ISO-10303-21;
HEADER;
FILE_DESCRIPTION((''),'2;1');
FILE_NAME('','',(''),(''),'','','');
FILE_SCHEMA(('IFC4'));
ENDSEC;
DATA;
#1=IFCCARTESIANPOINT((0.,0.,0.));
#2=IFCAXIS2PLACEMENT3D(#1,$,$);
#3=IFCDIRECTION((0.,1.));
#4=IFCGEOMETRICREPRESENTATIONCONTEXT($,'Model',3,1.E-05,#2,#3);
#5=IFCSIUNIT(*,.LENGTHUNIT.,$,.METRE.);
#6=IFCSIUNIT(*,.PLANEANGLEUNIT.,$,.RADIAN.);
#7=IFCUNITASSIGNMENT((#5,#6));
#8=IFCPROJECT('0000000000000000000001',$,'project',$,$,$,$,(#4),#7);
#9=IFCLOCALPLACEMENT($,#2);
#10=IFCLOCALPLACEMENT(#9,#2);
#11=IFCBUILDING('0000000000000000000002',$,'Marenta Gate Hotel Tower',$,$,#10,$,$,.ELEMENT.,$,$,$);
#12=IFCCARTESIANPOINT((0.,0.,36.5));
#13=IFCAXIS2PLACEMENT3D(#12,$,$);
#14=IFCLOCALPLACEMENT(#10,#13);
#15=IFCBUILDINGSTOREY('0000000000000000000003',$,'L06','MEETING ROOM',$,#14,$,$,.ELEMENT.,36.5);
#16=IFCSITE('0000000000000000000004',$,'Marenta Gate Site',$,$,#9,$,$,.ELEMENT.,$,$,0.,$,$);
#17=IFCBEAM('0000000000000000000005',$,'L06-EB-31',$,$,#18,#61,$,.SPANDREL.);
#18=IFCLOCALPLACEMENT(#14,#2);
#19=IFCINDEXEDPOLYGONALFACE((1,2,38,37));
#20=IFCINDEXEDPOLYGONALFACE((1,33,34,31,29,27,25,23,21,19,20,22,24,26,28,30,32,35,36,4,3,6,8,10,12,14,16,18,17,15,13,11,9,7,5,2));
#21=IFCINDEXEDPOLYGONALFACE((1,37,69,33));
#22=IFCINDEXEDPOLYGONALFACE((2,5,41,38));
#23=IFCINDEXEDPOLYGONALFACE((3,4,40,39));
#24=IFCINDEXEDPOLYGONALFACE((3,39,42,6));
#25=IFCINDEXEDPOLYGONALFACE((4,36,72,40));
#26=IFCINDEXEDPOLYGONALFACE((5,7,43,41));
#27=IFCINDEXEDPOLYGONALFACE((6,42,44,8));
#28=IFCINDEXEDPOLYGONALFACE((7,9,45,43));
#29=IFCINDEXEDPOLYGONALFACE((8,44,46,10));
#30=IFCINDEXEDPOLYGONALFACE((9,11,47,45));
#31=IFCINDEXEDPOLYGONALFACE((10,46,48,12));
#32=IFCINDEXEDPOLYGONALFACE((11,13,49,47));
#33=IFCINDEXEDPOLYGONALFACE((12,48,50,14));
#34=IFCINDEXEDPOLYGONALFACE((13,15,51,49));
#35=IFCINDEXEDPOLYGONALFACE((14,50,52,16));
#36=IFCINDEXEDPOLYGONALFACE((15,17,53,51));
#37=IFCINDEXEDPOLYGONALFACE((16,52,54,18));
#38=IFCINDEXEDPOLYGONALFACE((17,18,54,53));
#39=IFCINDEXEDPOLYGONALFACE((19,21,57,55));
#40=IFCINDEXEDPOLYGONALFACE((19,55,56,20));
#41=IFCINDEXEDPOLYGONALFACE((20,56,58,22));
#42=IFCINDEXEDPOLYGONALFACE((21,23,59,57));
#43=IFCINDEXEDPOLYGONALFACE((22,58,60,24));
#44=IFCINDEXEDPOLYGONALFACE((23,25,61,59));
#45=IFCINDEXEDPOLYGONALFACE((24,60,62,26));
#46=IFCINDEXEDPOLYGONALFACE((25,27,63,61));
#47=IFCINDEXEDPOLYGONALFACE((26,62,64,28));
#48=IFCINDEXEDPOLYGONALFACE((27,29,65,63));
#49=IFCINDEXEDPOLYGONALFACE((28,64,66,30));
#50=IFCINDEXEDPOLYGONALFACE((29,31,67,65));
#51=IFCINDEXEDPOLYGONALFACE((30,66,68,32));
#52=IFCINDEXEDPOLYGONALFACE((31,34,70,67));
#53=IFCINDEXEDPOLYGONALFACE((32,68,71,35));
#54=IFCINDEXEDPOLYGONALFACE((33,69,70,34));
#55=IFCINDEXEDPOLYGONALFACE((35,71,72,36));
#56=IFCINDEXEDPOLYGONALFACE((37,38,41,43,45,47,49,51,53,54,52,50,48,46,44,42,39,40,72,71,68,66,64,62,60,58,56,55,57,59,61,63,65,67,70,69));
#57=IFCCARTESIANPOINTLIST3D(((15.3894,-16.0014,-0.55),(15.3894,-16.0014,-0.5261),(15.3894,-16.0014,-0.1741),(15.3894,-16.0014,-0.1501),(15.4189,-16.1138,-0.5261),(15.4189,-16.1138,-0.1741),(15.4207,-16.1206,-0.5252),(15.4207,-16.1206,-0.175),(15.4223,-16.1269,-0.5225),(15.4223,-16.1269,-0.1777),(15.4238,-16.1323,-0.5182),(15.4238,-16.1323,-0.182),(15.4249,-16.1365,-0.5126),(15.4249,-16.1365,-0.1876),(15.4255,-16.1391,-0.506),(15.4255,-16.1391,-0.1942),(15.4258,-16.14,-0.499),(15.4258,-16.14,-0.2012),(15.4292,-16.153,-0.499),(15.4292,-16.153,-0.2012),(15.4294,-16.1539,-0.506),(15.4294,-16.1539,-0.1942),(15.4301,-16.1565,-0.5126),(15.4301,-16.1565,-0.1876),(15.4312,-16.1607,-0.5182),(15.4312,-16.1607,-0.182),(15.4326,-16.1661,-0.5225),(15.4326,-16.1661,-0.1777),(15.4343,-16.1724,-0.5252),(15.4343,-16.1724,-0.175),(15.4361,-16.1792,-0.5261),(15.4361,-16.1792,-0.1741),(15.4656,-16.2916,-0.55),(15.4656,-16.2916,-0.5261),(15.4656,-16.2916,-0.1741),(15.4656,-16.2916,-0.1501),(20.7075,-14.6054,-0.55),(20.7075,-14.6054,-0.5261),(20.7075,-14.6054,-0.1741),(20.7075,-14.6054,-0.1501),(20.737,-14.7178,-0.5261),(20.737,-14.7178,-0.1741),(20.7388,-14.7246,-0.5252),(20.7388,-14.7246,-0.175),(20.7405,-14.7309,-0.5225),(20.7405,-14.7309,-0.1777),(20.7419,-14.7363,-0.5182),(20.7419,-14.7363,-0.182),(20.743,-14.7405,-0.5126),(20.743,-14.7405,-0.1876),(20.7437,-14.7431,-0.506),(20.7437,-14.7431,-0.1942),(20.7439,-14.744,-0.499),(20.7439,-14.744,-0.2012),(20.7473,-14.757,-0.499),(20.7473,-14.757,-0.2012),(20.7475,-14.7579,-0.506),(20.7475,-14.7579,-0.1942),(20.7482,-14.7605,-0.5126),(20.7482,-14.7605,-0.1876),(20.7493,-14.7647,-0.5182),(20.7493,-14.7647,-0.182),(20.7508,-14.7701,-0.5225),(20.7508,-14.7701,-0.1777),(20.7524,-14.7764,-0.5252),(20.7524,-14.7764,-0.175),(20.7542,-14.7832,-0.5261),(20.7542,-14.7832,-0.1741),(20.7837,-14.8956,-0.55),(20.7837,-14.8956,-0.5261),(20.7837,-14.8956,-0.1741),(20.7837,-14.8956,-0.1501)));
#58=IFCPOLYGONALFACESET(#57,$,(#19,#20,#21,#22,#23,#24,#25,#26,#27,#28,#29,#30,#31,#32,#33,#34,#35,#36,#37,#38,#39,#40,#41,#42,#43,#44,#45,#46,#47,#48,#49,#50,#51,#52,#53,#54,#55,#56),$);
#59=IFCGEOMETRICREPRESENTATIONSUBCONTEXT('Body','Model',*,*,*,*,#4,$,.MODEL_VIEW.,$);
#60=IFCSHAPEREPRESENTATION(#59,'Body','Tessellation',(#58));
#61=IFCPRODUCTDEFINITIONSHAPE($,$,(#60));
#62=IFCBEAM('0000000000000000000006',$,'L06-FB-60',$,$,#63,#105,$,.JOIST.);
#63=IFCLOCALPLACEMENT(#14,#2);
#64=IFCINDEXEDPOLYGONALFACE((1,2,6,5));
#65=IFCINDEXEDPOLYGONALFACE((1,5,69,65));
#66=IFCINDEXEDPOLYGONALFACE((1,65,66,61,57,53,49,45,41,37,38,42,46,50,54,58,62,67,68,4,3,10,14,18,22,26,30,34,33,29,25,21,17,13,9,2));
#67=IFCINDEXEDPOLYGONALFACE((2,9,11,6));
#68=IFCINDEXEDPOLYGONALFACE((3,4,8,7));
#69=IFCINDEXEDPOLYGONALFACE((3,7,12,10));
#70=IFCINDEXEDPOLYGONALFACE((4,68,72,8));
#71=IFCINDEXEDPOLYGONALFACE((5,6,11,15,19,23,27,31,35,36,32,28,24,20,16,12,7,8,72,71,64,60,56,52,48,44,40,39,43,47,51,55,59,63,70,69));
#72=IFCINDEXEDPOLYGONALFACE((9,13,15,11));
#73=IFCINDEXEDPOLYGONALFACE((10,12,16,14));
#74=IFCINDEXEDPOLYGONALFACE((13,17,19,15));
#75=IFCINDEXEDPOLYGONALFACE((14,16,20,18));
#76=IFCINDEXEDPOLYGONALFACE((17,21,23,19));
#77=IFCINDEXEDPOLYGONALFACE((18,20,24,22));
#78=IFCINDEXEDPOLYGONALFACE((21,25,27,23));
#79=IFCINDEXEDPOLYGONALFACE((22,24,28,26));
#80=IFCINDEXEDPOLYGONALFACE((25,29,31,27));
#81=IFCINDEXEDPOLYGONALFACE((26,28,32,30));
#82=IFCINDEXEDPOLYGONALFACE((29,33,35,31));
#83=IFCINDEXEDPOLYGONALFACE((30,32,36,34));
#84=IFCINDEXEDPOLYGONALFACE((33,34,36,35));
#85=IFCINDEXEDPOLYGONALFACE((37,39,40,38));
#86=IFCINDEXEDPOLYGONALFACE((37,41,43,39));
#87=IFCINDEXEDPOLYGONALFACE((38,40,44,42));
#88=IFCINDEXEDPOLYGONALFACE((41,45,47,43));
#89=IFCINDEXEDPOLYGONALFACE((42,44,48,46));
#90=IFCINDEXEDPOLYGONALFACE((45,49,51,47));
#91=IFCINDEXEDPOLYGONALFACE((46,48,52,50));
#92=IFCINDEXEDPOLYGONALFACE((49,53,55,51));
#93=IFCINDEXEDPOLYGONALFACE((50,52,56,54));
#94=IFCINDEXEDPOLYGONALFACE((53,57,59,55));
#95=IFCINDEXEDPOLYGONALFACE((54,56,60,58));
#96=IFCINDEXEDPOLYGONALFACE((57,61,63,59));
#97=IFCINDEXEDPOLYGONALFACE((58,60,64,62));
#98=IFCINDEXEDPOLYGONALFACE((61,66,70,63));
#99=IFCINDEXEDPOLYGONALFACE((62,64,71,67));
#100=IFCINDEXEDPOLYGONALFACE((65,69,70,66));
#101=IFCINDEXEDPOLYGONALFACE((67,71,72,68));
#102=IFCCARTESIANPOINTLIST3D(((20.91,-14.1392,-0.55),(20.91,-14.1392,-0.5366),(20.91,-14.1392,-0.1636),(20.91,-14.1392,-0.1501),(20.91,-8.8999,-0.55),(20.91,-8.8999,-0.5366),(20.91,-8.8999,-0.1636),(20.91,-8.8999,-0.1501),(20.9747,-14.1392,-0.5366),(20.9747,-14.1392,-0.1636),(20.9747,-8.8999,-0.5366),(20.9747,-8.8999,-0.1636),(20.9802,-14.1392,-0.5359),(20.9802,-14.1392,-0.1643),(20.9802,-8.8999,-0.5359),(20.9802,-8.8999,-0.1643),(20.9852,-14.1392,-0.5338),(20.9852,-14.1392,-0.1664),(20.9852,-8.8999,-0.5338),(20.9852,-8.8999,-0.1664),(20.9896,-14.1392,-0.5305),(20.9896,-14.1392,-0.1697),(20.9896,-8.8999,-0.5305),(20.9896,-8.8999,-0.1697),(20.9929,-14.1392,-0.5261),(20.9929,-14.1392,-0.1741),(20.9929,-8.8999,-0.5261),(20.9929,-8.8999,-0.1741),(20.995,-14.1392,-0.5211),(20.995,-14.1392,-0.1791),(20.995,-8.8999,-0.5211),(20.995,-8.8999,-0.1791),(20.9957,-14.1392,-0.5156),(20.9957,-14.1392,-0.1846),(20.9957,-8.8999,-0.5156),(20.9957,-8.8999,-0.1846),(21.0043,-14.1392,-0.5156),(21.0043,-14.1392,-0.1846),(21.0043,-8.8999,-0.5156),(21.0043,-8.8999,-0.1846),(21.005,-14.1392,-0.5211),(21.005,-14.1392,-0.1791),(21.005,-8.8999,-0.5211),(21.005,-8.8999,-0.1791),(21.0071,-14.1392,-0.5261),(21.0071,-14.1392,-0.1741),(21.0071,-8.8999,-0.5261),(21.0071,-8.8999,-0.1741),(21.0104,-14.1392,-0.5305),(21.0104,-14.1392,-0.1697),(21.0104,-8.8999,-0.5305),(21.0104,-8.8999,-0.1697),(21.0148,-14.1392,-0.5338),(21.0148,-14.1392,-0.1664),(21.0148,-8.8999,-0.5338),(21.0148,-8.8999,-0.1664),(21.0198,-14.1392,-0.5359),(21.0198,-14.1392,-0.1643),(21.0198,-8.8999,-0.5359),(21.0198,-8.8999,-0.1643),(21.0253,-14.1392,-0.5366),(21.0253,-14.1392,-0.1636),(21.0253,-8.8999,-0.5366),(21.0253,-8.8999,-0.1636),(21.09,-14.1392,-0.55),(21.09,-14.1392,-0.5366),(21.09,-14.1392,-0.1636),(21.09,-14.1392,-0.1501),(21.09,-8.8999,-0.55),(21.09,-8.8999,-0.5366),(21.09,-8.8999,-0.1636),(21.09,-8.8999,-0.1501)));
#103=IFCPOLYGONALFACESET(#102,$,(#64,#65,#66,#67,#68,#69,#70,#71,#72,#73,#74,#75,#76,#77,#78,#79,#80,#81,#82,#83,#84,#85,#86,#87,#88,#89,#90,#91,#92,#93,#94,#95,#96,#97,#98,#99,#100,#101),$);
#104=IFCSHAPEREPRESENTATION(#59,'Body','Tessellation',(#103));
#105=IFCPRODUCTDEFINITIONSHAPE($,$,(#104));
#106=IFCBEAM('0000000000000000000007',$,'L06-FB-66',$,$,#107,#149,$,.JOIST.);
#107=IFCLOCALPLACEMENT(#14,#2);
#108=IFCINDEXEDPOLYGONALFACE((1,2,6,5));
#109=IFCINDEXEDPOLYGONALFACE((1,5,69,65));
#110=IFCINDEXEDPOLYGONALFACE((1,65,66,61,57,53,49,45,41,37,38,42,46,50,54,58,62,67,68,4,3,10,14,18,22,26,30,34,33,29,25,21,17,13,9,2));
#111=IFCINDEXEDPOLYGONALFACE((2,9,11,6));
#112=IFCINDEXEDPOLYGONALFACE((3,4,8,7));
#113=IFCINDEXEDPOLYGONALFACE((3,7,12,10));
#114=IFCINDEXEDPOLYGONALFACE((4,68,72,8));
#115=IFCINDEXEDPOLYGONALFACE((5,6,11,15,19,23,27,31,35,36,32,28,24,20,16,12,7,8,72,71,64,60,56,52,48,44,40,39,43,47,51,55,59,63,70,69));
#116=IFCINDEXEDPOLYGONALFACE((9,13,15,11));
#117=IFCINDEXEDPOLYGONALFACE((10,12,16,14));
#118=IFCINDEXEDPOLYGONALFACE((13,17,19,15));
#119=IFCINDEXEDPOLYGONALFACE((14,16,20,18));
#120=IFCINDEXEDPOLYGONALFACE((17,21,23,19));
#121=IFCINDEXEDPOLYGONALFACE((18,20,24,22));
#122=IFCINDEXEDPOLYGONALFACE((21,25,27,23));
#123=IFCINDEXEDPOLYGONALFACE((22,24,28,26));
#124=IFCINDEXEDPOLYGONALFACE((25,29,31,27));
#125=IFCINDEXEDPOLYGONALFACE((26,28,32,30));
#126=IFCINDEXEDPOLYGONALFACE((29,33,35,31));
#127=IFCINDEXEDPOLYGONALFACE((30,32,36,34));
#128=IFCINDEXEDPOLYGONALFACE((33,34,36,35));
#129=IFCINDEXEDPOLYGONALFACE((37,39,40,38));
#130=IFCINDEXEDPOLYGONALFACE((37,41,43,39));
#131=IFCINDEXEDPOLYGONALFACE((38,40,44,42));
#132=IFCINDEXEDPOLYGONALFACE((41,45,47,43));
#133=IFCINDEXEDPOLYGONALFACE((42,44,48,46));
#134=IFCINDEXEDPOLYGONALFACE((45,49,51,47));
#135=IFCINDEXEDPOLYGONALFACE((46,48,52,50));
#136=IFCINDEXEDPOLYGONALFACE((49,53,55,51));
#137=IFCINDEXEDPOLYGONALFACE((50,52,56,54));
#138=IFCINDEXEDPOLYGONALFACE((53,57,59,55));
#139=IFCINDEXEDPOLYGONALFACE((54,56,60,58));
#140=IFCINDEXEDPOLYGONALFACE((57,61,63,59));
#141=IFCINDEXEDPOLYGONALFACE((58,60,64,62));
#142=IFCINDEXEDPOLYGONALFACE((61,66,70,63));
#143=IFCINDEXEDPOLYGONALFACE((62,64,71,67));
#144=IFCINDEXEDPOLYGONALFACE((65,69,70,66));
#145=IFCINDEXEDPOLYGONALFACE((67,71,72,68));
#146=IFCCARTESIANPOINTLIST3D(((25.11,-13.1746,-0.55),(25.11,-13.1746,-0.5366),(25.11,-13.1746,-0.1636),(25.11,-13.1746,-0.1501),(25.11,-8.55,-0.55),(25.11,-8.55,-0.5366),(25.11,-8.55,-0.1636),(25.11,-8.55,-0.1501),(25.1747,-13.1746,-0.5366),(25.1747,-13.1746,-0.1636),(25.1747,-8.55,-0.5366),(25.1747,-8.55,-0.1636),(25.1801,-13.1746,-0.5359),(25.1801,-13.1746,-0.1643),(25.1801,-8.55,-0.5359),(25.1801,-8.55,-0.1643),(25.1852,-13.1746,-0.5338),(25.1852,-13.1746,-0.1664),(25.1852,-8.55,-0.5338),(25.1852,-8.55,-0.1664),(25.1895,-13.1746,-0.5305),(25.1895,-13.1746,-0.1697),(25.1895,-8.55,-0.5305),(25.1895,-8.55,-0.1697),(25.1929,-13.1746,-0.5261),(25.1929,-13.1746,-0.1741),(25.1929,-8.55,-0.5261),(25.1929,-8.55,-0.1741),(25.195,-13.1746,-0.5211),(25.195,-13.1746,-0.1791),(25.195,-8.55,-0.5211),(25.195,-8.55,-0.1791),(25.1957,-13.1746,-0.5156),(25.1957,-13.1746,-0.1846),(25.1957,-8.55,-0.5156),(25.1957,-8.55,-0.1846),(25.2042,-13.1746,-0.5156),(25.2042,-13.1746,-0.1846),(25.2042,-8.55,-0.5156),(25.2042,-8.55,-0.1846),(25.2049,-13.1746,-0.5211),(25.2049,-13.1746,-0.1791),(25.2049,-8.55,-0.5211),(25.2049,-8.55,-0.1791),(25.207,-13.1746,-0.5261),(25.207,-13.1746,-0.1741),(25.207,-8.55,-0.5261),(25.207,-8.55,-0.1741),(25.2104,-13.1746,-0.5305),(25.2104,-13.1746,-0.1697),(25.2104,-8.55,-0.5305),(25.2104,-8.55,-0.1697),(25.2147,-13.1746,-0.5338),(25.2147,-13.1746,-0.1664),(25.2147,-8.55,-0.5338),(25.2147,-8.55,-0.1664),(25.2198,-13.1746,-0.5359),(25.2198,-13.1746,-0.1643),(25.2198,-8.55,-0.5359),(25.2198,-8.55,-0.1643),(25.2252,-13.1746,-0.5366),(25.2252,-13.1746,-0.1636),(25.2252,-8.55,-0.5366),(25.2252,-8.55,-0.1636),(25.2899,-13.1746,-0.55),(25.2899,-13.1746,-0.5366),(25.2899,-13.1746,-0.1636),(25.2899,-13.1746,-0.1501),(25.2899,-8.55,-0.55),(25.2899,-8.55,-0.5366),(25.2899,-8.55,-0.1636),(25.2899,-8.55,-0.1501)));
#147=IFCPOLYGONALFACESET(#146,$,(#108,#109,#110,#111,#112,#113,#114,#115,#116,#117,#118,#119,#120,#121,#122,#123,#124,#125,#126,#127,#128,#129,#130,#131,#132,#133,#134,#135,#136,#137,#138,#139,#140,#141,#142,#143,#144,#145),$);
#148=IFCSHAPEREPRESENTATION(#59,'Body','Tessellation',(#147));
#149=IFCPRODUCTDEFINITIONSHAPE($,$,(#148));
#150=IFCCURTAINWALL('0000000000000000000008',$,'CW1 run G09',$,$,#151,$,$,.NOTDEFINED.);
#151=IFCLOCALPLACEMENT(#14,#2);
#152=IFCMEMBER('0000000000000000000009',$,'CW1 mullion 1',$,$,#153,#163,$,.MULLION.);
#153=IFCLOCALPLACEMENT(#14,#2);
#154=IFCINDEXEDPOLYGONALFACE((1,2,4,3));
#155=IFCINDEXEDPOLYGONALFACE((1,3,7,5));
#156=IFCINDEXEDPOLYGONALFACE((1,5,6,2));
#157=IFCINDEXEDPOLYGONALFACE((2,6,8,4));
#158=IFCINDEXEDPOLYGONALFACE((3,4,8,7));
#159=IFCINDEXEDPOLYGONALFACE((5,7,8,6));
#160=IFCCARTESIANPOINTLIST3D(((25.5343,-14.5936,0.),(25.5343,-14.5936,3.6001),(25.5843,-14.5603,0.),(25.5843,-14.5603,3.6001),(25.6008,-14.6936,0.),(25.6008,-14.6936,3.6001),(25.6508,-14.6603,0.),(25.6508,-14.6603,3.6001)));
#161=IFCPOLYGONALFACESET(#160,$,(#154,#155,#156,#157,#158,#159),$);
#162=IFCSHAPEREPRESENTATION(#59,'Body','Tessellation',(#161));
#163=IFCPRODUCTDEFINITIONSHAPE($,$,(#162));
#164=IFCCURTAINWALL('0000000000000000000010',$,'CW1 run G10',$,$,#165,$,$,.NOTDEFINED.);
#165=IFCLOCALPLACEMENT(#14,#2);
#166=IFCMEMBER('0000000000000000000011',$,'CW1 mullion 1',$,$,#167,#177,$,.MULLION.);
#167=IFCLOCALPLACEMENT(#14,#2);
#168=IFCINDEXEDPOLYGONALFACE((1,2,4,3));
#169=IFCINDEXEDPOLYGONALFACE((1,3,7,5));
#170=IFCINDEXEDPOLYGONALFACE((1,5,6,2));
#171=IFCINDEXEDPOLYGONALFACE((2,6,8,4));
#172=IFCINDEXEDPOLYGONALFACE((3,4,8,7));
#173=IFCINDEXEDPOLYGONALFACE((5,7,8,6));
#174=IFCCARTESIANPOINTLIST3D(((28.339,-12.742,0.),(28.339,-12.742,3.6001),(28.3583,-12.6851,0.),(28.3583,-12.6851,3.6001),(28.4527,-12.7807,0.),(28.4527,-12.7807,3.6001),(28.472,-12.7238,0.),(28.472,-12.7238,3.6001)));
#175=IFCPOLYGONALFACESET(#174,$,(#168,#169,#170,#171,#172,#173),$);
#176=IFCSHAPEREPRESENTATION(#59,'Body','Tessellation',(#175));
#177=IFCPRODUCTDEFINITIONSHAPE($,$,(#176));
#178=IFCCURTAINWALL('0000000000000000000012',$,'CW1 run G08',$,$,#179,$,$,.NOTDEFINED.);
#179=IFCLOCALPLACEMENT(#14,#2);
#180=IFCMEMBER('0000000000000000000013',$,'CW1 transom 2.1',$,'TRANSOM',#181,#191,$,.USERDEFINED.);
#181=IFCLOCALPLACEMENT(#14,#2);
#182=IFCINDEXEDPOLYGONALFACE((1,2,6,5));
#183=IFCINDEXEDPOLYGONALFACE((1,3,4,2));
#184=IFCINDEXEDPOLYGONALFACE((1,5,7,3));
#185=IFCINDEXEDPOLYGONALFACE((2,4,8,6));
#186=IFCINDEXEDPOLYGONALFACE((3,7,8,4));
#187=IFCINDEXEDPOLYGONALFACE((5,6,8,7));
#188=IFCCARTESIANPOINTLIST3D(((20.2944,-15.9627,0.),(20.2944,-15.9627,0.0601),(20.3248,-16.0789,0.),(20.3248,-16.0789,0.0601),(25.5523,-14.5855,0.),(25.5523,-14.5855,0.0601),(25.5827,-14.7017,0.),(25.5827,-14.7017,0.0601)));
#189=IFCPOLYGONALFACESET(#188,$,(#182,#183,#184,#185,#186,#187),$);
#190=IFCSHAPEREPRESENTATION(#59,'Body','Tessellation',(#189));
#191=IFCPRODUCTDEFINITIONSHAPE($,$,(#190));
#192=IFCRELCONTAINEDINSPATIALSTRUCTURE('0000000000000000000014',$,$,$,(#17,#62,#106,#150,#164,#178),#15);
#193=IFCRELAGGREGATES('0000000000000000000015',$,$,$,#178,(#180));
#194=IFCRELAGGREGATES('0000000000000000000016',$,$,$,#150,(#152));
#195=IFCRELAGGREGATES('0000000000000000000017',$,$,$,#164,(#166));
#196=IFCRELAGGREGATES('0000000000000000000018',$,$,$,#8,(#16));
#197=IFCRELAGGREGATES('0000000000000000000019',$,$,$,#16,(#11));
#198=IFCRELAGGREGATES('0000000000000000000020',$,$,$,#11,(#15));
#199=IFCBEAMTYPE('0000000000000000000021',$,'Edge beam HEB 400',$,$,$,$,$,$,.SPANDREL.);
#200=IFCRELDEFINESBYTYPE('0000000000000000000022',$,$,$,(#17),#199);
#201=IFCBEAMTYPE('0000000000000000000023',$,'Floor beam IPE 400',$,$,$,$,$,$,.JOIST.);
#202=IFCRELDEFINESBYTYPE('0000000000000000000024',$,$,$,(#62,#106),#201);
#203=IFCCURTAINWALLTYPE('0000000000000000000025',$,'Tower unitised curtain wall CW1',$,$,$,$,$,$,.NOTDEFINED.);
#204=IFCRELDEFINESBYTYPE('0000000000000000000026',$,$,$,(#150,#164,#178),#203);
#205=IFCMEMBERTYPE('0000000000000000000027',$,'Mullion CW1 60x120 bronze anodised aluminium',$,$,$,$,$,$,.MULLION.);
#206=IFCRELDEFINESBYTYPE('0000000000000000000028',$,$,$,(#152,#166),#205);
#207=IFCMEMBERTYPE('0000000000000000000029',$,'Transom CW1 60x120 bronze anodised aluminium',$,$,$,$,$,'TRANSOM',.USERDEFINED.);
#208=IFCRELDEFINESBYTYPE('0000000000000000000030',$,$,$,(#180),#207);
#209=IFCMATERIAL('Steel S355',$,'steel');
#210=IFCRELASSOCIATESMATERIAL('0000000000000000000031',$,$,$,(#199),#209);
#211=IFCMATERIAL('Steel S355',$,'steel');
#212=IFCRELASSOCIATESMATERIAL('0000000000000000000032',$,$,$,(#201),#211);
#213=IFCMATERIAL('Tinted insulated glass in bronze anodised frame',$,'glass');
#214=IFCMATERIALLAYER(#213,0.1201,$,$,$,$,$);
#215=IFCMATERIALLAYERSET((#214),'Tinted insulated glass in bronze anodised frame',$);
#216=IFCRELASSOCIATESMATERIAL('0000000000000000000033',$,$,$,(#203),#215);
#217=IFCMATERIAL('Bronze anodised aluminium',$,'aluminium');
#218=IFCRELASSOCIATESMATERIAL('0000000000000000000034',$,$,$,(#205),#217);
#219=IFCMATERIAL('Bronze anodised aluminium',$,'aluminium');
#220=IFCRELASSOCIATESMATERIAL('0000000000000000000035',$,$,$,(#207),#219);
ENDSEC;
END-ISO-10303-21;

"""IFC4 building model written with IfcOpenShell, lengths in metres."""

from ifc_helpers import new_model, si_unit, direction, frame, origin, origin_2d, place, context, subcontext, project, spatial, rectangle, i_section, extrude, material, layer, layer_set, material_profile, profile_set, type_object, element, aggregate, save


model = new_model("IFC4")

# Units and contexts
model_context = context("Model", 3, precision=1e-05, world=origin(), true_north=direction((0.0, 1.0)))
body_context = subcontext(model_context, "Body", "Model", "MODEL_VIEW")
ifc_project = project(units=[si_unit("LENGTHUNIT", "METRE"), si_unit("PLANEANGLEUNIT", "RADIAN")], contexts=[model_context])

# Site, building, storey
site_placement = place(None, origin())
site = spatial("IfcSite", under=ifc_project, at=site_placement, Name="Marenta Gate Site", CompositionType="ELEMENT", RefElevation=0.0)
building_placement = place(site_placement, origin())
building = spatial("IfcBuilding", under=site, at=building_placement, Name="Marenta Gate Hotel Tower", CompositionType="ELEMENT")
storey_placement = place(building_placement, frame((0.0, 0.0, 36.5)))
storey = spatial("IfcBuildingStorey", under=building, at=storey_placement, Name="L06", Description="MEETING ROOM", CompositionType="ELEMENT", Elevation=36.5)

# Beams
ifc_material_1 = material(Name="Steel S355", Category="steel")
ifc_material_profile_1 = material_profile(ifc_material_1, i_section(OverallWidth=0.3, OverallDepth=0.3999, WebThickness=0.0134, FlangeThickness=0.0239, FilletRadius=0.0271, at=origin_2d()), Name="HEB 400")
ifc_profile_set_1 = profile_set([ifc_material_profile_1], Name="Steel S355")
beam_type_1 = type_object("IfcBeamType", Name="Edge beam HEB 400", PredefinedType="SPANDREL", material=ifc_profile_set_1)
beam_1_placement = place(storey_placement, frame((20.7456, -14.7505, -0.3501), z_axis=(-0.967231, -0.253897, 0.0), x_axis=(0.253897, -0.967231, 0.0)))
element("IfcBeam", 1, at=beam_1_placement, inside=storey, type_object=beam_type_1, Name="L06-EB-31", PredefinedType="SPANDREL", context=body_context, shape_type="SweptSolid", body=[
    extrude(i_section(OverallWidth=0.3, OverallDepth=0.3999, WebThickness=0.0134, FlangeThickness=0.0239, FilletRadius=0.0271, at=origin_2d()), origin(), (0.0, 0.0, 1.0), 5.4983),
])
ifc_material_2 = material(Name="Steel S355", Category="steel")
ifc_material_profile_2 = material_profile(ifc_material_2, i_section(OverallWidth=0.1799, OverallDepth=0.3999, WebThickness=0.0085, FlangeThickness=0.0134, FilletRadius=0.021, at=origin_2d()), Name="IPE 400")
ifc_profile_set_2 = profile_set([ifc_material_profile_2], Name="Steel S355")
beam_type_2 = type_object("IfcBeamType", Name="Floor beam IPE 400", PredefinedType="JOIST", material=ifc_profile_set_2)
beam_2_placement = place(storey_placement, frame((21.0, -14.1392, -0.3501), z_axis=(0.0, 1.0, 0.0), x_axis=(-1.0, 0.0, 0.0)))
element("IfcBeam", 2, at=beam_2_placement, inside=storey, type_object=beam_type_2, Name="L06-FB-60", PredefinedType="JOIST", context=body_context, shape_type="SweptSolid", body=[
    extrude(i_section(OverallWidth=0.1799, OverallDepth=0.3999, WebThickness=0.0085, FlangeThickness=0.0134, FilletRadius=0.021, at=origin_2d()), origin(), (0.0, 0.0, 1.0), 5.2393),
])
beam_3_placement = place(storey_placement, frame((25.2, -13.1746, -0.3501), z_axis=(0.0, 1.0, 0.0), x_axis=(-1.0, 0.0, 0.0)))
element("IfcBeam", 3, at=beam_3_placement, inside=storey, type_object=beam_type_2, Name="L06-FB-66", PredefinedType="JOIST", context=body_context, shape_type="SweptSolid", body=[
    extrude(i_section(OverallWidth=0.1799, OverallDepth=0.3999, WebThickness=0.0085, FlangeThickness=0.0134, FilletRadius=0.021, at=origin_2d()), origin(), (0.0, 0.0, 1.0), 4.6245),
])

# Curtain walls, members
ifc_material_3 = material(Name="Tinted insulated glass in bronze anodised frame", Category="glass")
ifc_layer_1 = layer(ifc_material_3, 0.1201)
ifc_layer_set_1 = layer_set([ifc_layer_1], Name="Tinted insulated glass in bronze anodised frame")
curtain_wall_type = type_object("IfcCurtainWallType", Name="Tower unitised curtain wall CW1", PredefinedType="NOTDEFINED", material=ifc_layer_set_1)
curtain_wall_1_placement = place(storey_placement, origin())
curtain_wall_1 = element("IfcCurtainWall", 4, at=curtain_wall_1_placement, inside=storey, type_object=curtain_wall_type, Name="CW1 run G09", PredefinedType="NOTDEFINED")
ifc_material_4 = material(Name="Bronze anodised aluminium", Category="aluminium")
ifc_material_profile_3 = material_profile(ifc_material_4, rectangle(XDim=0.1201, YDim=0.0601, at=origin_2d()), Name="Mullion CW1 60x120 bronze anodised aluminium")
ifc_profile_set_3 = profile_set([ifc_material_profile_3], Name="Bronze anodised aluminium")
member_type_1 = type_object("IfcMemberType", Name="Mullion CW1 60x120 bronze anodised aluminium", PredefinedType="MULLION", material=ifc_profile_set_3)
member_1_placement = place(storey_placement, frame((25.5925, -14.627, 0.0), z_axis=(0.0, 0.0, 1.0), x_axis=(-0.554034, 0.832494, 0.0)))
member_1 = element("IfcMember", 5, at=member_1_placement, type_object=member_type_1, Name="CW1 mullion 1", PredefinedType="MULLION", context=body_context, shape_type="SweptSolid", body=[
    extrude(rectangle(XDim=0.1201, YDim=0.0601, at=origin_2d()), origin(), (0.0, 0.0, 1.0), 3.6001),
])
curtain_wall_2_placement = place(storey_placement, origin())
curtain_wall_2 = element("IfcCurtainWall", 6, at=curtain_wall_2_placement, inside=storey, type_object=curtain_wall_type, Name="CW1 run G10", PredefinedType="NOTDEFINED")
member_2_placement = place(storey_placement, frame((28.4055, -12.7329, 0.0), z_axis=(0.0, 0.0, 1.0), x_axis=(-0.94673, 0.322029, 0.0)))
member_2 = element("IfcMember", 7, at=member_2_placement, type_object=member_type_1, Name="CW1 mullion 1", PredefinedType="MULLION", context=body_context, shape_type="SweptSolid", body=[
    extrude(rectangle(XDim=0.1201, YDim=0.0601, at=origin_2d()), origin(), (0.0, 0.0, 1.0), 3.6001),
])
curtain_wall_3_placement = place(storey_placement, origin())
curtain_wall_3 = element("IfcCurtainWall", 8, at=curtain_wall_3_placement, inside=storey, type_object=curtain_wall_type, Name="CW1 run G08", PredefinedType="NOTDEFINED")
ifc_material_5 = material(Name="Bronze anodised aluminium", Category="aluminium")
ifc_material_profile_4 = material_profile(ifc_material_5, rectangle(XDim=0.1201, YDim=0.0601, at=origin_2d()), Name="Transom CW1 60x120 bronze anodised aluminium")
ifc_profile_set_4 = profile_set([ifc_material_profile_4], Name="Bronze anodised aluminium")
member_type_2 = type_object("IfcMemberType", Name="Transom CW1 60x120 bronze anodised aluminium", ElementType="TRANSOM", PredefinedType="USERDEFINED", material=ifc_profile_set_4)
member_3_placement = place(storey_placement, frame((20.3096, -16.0208, 0.03), z_axis=(0.967368, 0.253374, 0.0), x_axis=(-0.253374, 0.967368, 0.0)))
member_3 = element("IfcMember", 9, at=member_3_placement, type_object=member_type_2, Name="CW1 transom 2.1", ObjectType="TRANSOM", PredefinedType="USERDEFINED", context=body_context, shape_type="SweptSolid", body=[
    extrude(rectangle(XDim=0.1201, YDim=0.0601, at=origin_2d()), origin(), (0.0, 0.0, 1.0), 5.4353),
])

aggregate(curtain_wall_3, [member_3])
aggregate(curtain_wall_1, [member_1])
aggregate(curtain_wall_2, [member_2])

save(model, "model.ifc")
